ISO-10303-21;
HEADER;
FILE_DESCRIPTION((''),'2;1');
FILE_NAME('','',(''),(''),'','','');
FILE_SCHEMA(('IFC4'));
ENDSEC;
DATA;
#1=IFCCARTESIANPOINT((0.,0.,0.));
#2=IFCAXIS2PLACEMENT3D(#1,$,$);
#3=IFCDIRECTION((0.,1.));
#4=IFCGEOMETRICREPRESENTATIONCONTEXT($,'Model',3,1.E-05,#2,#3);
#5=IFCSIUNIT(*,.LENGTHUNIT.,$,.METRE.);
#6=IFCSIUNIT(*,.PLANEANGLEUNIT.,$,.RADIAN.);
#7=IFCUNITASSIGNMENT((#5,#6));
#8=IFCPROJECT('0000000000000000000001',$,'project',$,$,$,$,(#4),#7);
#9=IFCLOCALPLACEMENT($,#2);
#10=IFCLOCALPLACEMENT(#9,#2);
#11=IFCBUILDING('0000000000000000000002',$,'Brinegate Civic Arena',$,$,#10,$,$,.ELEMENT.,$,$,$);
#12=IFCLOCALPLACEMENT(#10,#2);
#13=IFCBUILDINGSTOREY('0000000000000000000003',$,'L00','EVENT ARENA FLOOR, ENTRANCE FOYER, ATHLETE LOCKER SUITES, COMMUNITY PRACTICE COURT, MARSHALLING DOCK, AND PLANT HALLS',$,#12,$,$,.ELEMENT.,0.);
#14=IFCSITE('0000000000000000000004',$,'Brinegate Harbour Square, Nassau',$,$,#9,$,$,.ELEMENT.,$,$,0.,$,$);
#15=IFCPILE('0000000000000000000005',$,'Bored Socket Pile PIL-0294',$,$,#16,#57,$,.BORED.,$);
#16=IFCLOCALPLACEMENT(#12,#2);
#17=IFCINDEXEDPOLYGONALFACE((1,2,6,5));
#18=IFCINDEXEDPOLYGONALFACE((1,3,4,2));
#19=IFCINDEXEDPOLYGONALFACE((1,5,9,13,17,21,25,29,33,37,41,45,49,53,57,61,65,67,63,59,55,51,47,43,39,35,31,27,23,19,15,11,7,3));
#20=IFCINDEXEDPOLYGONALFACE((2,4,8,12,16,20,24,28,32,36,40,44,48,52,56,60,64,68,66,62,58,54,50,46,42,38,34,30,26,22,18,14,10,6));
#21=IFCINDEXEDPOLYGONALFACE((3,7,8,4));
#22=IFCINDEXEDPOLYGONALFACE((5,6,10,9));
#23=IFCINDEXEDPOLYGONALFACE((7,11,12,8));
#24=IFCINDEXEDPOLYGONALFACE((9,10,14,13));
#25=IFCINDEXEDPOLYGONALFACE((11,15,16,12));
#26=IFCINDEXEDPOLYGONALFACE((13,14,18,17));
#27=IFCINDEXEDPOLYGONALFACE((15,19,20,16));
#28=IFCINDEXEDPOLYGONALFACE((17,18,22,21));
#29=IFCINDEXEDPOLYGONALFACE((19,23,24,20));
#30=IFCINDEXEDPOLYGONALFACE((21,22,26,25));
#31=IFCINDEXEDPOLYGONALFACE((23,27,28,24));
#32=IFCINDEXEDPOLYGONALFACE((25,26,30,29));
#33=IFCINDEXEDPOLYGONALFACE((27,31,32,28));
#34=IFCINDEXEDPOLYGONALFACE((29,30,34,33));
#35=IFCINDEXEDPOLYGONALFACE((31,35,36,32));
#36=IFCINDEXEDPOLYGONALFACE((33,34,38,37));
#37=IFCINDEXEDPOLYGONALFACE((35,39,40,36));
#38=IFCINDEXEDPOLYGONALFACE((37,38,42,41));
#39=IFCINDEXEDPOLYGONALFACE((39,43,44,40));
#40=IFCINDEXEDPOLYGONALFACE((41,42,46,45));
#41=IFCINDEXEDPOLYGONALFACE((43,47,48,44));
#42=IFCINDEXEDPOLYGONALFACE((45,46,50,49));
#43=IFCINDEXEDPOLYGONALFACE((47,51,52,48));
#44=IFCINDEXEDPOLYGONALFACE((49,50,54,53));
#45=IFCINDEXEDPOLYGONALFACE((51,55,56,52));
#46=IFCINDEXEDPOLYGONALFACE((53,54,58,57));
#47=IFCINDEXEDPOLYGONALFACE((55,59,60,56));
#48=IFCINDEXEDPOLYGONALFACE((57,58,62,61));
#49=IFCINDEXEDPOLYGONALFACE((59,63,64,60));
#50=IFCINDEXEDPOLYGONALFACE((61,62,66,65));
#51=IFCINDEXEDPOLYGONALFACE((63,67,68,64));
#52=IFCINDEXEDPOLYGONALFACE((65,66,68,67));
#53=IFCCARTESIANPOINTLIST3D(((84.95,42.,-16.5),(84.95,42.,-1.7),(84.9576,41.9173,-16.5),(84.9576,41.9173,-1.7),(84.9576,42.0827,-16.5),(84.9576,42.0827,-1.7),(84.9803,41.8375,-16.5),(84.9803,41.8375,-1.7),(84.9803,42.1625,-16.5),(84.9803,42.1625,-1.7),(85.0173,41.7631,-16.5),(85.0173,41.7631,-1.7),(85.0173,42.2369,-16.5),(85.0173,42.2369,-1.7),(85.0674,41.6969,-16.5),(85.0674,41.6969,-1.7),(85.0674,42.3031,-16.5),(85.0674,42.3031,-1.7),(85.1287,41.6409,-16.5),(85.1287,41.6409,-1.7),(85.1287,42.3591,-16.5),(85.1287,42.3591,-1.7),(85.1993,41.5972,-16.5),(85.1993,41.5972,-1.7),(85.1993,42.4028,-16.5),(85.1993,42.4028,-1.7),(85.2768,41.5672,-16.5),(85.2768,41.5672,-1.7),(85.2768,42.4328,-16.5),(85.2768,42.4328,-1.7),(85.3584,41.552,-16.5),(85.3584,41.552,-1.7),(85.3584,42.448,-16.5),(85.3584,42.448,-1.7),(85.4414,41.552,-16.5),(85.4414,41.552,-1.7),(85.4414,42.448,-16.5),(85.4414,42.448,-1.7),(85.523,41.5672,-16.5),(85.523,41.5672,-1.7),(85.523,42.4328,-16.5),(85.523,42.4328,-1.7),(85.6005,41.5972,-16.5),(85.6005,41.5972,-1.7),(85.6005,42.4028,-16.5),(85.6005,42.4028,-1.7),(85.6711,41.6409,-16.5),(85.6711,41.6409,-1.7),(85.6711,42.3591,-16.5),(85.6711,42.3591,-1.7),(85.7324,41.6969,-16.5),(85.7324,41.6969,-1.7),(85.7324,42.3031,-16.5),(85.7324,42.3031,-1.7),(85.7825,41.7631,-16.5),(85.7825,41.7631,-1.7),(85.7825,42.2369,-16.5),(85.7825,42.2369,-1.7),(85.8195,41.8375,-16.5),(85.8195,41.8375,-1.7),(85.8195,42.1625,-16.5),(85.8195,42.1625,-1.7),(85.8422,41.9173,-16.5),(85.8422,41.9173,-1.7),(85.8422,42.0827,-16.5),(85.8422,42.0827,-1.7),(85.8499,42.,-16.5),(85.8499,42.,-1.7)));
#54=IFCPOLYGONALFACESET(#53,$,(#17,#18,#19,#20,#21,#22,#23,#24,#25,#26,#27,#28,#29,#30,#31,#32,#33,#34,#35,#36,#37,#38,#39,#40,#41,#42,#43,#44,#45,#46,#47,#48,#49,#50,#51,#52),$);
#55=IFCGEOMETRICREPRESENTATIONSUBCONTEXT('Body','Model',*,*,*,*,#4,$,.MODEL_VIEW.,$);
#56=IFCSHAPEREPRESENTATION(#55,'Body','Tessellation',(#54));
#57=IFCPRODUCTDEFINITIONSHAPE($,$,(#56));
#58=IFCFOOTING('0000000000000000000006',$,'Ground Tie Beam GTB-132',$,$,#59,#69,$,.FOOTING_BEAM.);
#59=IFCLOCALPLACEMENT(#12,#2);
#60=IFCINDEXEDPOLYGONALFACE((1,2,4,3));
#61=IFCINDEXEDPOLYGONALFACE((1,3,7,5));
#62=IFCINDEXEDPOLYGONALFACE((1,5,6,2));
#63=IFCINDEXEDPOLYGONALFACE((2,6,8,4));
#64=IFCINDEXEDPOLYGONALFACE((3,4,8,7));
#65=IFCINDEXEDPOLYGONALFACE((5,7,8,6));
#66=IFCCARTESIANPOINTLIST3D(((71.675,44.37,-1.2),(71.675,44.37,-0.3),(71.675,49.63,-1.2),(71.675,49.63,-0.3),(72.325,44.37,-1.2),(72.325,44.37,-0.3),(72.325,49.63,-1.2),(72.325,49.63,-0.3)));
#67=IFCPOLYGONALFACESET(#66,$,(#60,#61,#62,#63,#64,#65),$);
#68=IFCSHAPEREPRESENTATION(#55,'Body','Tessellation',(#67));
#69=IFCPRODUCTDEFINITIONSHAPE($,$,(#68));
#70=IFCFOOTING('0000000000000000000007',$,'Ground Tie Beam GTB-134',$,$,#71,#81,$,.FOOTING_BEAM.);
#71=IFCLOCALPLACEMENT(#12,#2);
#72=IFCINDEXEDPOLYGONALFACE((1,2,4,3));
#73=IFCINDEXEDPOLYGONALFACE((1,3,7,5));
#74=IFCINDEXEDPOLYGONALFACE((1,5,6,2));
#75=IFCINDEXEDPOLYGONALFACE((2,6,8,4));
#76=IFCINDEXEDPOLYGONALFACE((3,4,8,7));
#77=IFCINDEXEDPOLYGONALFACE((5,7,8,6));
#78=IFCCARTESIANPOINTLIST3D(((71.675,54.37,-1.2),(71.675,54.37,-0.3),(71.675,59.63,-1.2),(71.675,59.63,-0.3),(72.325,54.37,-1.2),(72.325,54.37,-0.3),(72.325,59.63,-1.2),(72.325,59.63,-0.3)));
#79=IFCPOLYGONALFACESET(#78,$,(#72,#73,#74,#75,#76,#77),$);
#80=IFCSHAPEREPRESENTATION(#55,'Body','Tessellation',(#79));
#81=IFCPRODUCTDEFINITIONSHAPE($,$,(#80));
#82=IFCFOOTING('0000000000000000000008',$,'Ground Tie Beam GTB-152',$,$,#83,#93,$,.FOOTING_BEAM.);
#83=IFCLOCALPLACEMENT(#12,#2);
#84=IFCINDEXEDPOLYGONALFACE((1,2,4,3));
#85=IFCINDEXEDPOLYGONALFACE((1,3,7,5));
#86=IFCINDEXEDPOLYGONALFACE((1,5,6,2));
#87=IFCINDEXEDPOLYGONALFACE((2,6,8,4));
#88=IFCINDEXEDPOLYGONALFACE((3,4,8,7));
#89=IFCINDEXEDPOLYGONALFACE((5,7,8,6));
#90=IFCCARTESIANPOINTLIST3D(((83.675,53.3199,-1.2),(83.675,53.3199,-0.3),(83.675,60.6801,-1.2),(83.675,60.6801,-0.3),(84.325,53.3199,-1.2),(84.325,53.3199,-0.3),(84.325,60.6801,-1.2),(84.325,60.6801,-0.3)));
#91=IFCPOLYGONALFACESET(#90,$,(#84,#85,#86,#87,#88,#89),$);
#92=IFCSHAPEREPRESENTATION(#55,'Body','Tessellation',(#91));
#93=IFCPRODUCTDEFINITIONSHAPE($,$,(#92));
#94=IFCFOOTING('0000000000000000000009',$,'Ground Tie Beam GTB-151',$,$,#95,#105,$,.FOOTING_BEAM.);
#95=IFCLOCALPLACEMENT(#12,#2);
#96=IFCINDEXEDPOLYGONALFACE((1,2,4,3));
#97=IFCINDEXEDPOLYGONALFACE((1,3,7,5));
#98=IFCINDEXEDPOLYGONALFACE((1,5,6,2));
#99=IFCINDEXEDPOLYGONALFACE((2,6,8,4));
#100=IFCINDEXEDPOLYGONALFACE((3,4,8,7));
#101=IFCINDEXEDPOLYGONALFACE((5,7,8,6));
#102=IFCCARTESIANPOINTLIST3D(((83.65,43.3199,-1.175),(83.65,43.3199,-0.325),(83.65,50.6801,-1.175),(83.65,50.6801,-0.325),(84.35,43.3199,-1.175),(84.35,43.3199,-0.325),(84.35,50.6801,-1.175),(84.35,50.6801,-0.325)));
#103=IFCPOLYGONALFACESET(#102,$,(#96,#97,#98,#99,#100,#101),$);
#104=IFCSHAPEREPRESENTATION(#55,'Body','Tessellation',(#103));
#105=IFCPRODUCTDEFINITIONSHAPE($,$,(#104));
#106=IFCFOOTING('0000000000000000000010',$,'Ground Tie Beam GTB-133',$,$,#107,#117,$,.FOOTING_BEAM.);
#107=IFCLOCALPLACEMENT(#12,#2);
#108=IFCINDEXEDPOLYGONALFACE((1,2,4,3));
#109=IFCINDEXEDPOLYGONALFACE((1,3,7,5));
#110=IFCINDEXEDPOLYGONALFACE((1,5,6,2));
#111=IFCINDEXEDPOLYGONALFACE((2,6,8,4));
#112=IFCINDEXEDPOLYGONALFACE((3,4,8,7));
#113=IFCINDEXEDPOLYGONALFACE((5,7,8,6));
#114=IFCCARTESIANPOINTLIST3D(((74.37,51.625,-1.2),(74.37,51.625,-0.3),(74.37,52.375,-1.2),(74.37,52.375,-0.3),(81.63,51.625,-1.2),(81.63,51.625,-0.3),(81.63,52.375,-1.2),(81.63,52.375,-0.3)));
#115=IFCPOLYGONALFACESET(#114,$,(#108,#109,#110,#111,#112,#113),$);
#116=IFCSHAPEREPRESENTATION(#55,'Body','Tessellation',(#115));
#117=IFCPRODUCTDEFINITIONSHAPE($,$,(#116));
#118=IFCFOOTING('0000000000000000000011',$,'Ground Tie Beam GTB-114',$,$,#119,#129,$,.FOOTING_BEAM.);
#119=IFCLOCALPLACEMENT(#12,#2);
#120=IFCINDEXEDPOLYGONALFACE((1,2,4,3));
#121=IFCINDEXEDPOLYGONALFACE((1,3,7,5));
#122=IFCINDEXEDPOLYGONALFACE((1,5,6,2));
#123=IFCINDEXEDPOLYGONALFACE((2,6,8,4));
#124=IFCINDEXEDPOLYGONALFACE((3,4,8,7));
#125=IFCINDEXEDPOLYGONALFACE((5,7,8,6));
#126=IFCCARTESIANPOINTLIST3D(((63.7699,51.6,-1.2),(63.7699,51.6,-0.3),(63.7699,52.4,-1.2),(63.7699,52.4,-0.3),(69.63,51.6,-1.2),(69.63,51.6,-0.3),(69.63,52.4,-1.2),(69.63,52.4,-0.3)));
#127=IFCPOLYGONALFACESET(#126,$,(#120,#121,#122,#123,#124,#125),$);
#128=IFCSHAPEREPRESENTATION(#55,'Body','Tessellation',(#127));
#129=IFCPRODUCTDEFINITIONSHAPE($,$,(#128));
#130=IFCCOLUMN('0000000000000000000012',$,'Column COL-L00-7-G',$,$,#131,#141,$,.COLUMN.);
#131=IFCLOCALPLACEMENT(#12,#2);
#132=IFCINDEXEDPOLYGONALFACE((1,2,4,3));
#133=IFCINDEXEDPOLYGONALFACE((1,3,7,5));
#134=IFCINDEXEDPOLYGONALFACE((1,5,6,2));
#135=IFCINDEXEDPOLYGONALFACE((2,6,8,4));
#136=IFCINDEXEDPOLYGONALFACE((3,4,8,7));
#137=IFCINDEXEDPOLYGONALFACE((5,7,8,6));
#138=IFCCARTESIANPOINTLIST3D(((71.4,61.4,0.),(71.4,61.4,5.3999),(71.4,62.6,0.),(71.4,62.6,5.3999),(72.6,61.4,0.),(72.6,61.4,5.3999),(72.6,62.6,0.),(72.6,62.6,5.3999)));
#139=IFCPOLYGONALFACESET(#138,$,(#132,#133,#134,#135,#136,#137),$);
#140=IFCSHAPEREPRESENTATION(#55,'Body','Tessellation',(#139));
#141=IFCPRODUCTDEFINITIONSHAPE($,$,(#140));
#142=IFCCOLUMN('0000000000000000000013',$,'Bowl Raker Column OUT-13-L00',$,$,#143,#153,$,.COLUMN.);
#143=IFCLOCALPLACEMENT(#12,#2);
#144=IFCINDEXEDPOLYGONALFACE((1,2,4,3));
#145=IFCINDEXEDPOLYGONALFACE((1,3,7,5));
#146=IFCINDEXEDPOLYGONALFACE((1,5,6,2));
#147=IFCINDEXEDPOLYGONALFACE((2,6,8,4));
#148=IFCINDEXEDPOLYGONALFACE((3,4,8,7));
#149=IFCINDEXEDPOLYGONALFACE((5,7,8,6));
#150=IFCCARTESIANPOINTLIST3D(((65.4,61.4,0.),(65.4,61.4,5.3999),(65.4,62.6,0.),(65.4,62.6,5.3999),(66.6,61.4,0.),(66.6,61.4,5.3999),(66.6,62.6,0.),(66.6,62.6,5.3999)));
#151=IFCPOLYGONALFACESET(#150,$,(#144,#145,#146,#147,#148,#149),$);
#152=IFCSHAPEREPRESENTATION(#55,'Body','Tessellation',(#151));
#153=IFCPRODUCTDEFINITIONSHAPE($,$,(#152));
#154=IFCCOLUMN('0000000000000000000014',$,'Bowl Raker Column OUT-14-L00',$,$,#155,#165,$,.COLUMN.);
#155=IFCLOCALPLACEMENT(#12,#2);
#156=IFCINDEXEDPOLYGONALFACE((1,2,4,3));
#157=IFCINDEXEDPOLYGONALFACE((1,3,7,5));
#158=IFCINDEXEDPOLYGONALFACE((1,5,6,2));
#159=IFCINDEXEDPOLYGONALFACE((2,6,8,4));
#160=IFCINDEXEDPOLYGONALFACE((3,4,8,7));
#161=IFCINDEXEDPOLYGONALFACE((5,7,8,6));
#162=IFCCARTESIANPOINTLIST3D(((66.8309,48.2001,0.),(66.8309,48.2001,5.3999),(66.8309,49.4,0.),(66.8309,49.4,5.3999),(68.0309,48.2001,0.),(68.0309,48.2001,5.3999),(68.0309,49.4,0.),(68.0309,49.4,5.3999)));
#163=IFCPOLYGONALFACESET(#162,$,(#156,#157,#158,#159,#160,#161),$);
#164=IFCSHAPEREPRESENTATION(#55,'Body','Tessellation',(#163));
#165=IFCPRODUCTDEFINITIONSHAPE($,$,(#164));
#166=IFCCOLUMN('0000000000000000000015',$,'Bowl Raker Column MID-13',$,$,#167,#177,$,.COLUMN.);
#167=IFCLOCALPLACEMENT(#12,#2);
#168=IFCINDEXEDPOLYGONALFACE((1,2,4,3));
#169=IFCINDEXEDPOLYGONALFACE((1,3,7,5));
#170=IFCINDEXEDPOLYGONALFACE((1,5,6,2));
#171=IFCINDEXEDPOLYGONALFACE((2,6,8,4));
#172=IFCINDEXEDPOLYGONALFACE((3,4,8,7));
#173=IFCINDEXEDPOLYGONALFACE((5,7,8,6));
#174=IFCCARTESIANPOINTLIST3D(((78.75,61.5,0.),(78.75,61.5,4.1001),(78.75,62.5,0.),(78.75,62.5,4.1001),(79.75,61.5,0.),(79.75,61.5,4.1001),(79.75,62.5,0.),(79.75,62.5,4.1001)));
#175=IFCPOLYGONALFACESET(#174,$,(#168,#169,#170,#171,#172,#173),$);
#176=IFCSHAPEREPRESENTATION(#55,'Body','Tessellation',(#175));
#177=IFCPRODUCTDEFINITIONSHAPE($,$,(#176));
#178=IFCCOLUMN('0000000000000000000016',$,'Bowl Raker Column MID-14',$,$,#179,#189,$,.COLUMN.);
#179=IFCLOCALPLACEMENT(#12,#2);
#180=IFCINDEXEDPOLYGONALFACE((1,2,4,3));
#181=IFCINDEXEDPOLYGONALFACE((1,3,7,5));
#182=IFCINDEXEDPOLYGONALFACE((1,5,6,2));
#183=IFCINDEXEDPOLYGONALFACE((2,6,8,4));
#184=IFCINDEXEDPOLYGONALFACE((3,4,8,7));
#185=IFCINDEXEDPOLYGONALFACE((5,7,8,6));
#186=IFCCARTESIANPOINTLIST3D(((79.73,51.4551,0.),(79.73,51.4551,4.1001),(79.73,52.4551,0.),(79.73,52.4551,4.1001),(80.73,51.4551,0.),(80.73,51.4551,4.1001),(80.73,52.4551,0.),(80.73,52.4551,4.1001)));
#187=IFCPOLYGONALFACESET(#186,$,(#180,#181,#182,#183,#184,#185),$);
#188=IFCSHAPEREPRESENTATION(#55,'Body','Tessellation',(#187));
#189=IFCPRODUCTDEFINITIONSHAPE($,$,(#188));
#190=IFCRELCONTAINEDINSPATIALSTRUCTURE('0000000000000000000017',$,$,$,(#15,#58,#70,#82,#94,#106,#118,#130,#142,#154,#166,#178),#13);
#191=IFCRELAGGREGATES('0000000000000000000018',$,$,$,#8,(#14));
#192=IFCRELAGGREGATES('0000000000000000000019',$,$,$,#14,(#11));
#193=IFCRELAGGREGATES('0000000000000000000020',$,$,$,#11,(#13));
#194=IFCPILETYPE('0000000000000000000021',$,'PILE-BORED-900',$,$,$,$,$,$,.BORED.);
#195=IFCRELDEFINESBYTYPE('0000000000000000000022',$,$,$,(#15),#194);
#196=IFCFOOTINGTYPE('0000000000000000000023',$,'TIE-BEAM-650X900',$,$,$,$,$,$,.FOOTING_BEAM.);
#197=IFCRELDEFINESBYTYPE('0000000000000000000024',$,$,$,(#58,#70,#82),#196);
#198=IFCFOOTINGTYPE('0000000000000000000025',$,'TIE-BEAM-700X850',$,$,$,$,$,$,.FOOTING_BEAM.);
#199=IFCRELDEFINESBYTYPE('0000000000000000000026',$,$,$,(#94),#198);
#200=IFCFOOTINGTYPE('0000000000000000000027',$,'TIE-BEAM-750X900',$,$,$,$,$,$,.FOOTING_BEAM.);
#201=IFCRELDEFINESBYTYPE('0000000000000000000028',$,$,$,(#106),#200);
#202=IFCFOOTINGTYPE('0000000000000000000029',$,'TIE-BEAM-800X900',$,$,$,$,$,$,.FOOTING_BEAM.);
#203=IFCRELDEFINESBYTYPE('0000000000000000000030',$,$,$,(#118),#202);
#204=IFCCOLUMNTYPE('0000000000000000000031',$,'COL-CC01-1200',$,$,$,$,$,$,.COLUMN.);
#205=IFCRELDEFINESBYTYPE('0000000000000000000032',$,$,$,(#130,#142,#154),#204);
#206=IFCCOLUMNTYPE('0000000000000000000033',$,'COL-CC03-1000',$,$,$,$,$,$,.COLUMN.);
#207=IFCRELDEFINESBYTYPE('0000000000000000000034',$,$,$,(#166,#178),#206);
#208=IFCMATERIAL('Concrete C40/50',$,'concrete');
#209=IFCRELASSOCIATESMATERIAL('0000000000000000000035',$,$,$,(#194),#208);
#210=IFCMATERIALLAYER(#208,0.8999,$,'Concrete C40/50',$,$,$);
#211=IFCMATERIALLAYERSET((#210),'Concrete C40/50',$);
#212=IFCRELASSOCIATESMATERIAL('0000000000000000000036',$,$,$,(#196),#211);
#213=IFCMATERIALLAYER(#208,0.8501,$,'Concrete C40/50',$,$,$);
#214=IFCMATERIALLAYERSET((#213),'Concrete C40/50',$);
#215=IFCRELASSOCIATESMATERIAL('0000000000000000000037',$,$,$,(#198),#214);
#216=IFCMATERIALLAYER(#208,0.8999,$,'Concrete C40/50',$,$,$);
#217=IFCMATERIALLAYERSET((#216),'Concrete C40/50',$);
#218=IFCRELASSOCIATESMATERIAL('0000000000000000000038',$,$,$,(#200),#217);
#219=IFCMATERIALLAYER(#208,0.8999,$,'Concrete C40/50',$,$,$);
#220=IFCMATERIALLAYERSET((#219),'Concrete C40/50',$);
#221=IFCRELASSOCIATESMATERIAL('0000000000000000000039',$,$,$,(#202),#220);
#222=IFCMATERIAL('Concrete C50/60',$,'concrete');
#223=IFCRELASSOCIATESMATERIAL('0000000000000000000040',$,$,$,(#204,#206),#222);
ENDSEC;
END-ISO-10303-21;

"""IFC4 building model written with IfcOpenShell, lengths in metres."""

from ifc_helpers import new_model, si_unit, direction, frame, origin, origin_2d, place, context, subcontext, project, spatial, rectangle, circle, extrude, material, layer, layer_set, material_profile, profile_set, type_object, element, save


model = new_model("IFC4")

# Units and contexts
model_context = context("Model", 3, precision=1e-05, world=origin(), true_north=direction((0.0, 1.0)))
body_context = subcontext(model_context, "Body", "Model", "MODEL_VIEW")
ifc_project = project(units=[si_unit("LENGTHUNIT", "METRE"), si_unit("PLANEANGLEUNIT", "RADIAN")], contexts=[model_context])

# Site, building, storey
site_placement = place(None, origin())
site = spatial("IfcSite", under=ifc_project, at=site_placement, Name="Brinegate Harbour Square, Nassau", CompositionType="ELEMENT", RefElevation=0.0)
building_placement = place(site_placement, origin())
building = spatial("IfcBuilding", under=site, at=building_placement, Name="Brinegate Civic Arena", CompositionType="ELEMENT")
storey_placement = place(building_placement, origin())
storey = spatial("IfcBuildingStorey", under=building, at=storey_placement, Name="L00", Description="EVENT ARENA FLOOR, ENTRANCE FOYER, ATHLETE LOCKER SUITES, COMMUNITY PRACTICE COURT, MARSHALLING DOCK, AND PLANT HALLS", CompositionType="ELEMENT", Elevation=0.0)

# Shared definitions
ifc_material_1 = material(Name="Concrete C40/50", Category="concrete")

# Pile
ifc_material_profile_1 = material_profile(ifc_material_1, circle(Radius=0.45, at=origin_2d()), Name="PILED900")
ifc_profile_set_1 = profile_set([ifc_material_profile_1], Name="Concrete C40/50")
pile_type_1 = type_object("IfcPileType", Name="PILE-BORED-900", PredefinedType="BORED", material=ifc_profile_set_1)
for number, where, z_axis, x_axis, name in (
    (1, (85.3999, 42.0, -1.7), (0.0, 0.0, -1.0), (1.0, 0.0, 0.0), "Bored Socket Pile PIL-0294"),
):
    element("IfcPile", number, at=place(storey_placement, frame(where, z_axis=z_axis, x_axis=x_axis)), inside=storey, type_object=pile_type_1, Name=name, PredefinedType="BORED", context=body_context, shape_type="SweptSolid", body=[
        extrude(circle(Radius=0.45, at=origin_2d()), origin(), (0.0, 0.0, 1.0), 14.8),
    ])

# Footings
ifc_layer_1 = layer(ifc_material_1, 0.8999, Name="Concrete C40/50")
ifc_layer_set_1 = layer_set([ifc_layer_1], Name="Concrete C40/50")
footing_type_1 = type_object("IfcFootingType", Name="TIE-BEAM-650X900", PredefinedType="FOOTING_BEAM", material=ifc_layer_set_1)
for number, where, z_axis, x_axis, name in (
    (2, (72.0, 47.0, -1.2), (0.0, 0.0, 1.0), (0.0, 1.0, 0.0), "Ground Tie Beam GTB-132"),
    (3, (72.0, 57.0, -1.2), (0.0, 0.0, 1.0), (0.0, 1.0, 0.0), "Ground Tie Beam GTB-134"),
):
    element("IfcFooting", number, at=place(storey_placement, frame(where, z_axis=z_axis, x_axis=x_axis)), inside=storey, type_object=footing_type_1, Name=name, PredefinedType="FOOTING_BEAM", context=body_context, shape_type="SweptSolid", body=[
        extrude(rectangle(XDim=5.26, YDim=0.6499, at=origin_2d()), origin(), (0.0, 0.0, 1.0), 0.8999),
    ])
footing_1_placement = place(storey_placement, frame((84.0, 57.0, -1.2), z_axis=(0.0, 0.0, 1.0), x_axis=(0.0, 1.0, 0.0)))
element("IfcFooting", 4, at=footing_1_placement, inside=storey, type_object=footing_type_1, Name="Ground Tie Beam GTB-152", PredefinedType="FOOTING_BEAM", context=body_context, shape_type="SweptSolid", body=[
    extrude(rectangle(XDim=7.3601, YDim=0.6499, at=origin_2d()), origin(), (0.0, 0.0, 1.0), 0.8999),
])
ifc_layer_2 = layer(ifc_material_1, 0.8501, Name="Concrete C40/50")
ifc_layer_set_2 = layer_set([ifc_layer_2], Name="Concrete C40/50")
footing_type_2 = type_object("IfcFootingType", Name="TIE-BEAM-700X850", PredefinedType="FOOTING_BEAM", material=ifc_layer_set_2)
footing_2_placement = place(storey_placement, frame((84.0, 47.0, -1.175), z_axis=(0.0, 0.0, 1.0), x_axis=(0.0, 1.0, 0.0)))
element("IfcFooting", 5, at=footing_2_placement, inside=storey, type_object=footing_type_2, Name="Ground Tie Beam GTB-151", PredefinedType="FOOTING_BEAM", context=body_context, shape_type="SweptSolid", body=[
    extrude(rectangle(XDim=7.3601, YDim=0.7, at=origin_2d()), origin(), (0.0, 0.0, 1.0), 0.8501),
])
ifc_layer_3 = layer(ifc_material_1, 0.8999, Name="Concrete C40/50")
ifc_layer_set_3 = layer_set([ifc_layer_3], Name="Concrete C40/50")
footing_type_3 = type_object("IfcFootingType", Name="TIE-BEAM-750X900", PredefinedType="FOOTING_BEAM", material=ifc_layer_set_3)
footing_3_placement = place(storey_placement, frame((78.0, 52.0, -1.2), z_axis=(0.0, 0.0, 1.0), x_axis=(1.0, 0.0, 0.0)))
element("IfcFooting", 6, at=footing_3_placement, inside=storey, type_object=footing_type_3, Name="Ground Tie Beam GTB-133", PredefinedType="FOOTING_BEAM", context=body_context, shape_type="SweptSolid", body=[
    extrude(rectangle(XDim=7.26, YDim=0.75, at=origin_2d()), origin(), (0.0, 0.0, 1.0), 0.8999),
])
ifc_layer_4 = layer(ifc_material_1, 0.8999, Name="Concrete C40/50")
ifc_layer_set_4 = layer_set([ifc_layer_4], Name="Concrete C40/50")
footing_type_4 = type_object("IfcFootingType", Name="TIE-BEAM-800X900", PredefinedType="FOOTING_BEAM", material=ifc_layer_set_4)
footing_4_placement = place(storey_placement, frame((66.7, 52.0, -1.2), z_axis=(0.0, 0.0, 1.0), x_axis=(1.0, 0.0, 0.0)))
element("IfcFooting", 7, at=footing_4_placement, inside=storey, type_object=footing_type_4, Name="Ground Tie Beam GTB-114", PredefinedType="FOOTING_BEAM", context=body_context, shape_type="SweptSolid", body=[
    extrude(rectangle(XDim=5.8601, YDim=0.8, at=origin_2d()), origin(), (0.0, 0.0, 1.0), 0.8999),
])

# Columns
ifc_material_2 = material(Name="Concrete C50/60", Category="concrete")
ifc_material_profile_2 = material_profile(ifc_material_2, rectangle(XDim=1.2, YDim=1.2, at=origin_2d()), Name="RC1200X1200")
ifc_profile_set_2 = profile_set([ifc_material_profile_2], Name="Concrete C50/60")
column_type_1 = type_object("IfcColumnType", Name="COL-CC01-1200", PredefinedType="COLUMN", material=ifc_profile_set_2)
for number, where, z_axis, x_axis, name in (
    (8, (72.0, 62.0, 0.0), (0.0, 0.0, 1.0), (1.0, 0.0, 0.0), "Column COL-L00-7-G"),
    (9, (66.0, 62.0, 0.0), (0.0, 0.0, 1.0), (1.0, 0.0, 0.0), "Bowl Raker Column OUT-13-L00"),
    (10, (67.4309, 48.8, 0.0), (0.0, 0.0, 1.0), (1.0, 0.0, 0.0), "Bowl Raker Column OUT-14-L00"),
):
    element("IfcColumn", number, at=place(storey_placement, frame(where, z_axis=z_axis, x_axis=x_axis)), inside=storey, type_object=column_type_1, Name=name, PredefinedType="COLUMN", context=body_context, shape_type="SweptSolid", body=[
        extrude(rectangle(XDim=1.2, YDim=1.2, at=origin_2d()), origin(), (0.0, 0.0, 1.0), 5.3999),
    ])
ifc_material_profile_3 = material_profile(ifc_material_2, rectangle(XDim=1.0, YDim=1.0, at=origin_2d()), Name="RC1000X1000")
ifc_profile_set_3 = profile_set([ifc_material_profile_3], Name="Concrete C50/60")
column_type_2 = type_object("IfcColumnType", Name="COL-CC03-1000", PredefinedType="COLUMN", material=ifc_profile_set_3)
for number, where, z_axis, x_axis, name in (
    (11, (79.25, 62.0, 0.0), (0.0, 0.0, 1.0), (1.0, 0.0, 0.0), "Bowl Raker Column MID-13"),
    (12, (80.23, 51.9551, 0.0), (0.0, 0.0, 1.0), (1.0, 0.0, 0.0), "Bowl Raker Column MID-14"),
):
    element("IfcColumn", number, at=place(storey_placement, frame(where, z_axis=z_axis, x_axis=x_axis)), inside=storey, type_object=column_type_2, Name=name, PredefinedType="COLUMN", context=body_context, shape_type="SweptSolid", body=[
        extrude(rectangle(XDim=1.0, YDim=1.0, at=origin_2d()), origin(), (0.0, 0.0, 1.0), 4.1001),
    ])

save(model, "model.ifc")
